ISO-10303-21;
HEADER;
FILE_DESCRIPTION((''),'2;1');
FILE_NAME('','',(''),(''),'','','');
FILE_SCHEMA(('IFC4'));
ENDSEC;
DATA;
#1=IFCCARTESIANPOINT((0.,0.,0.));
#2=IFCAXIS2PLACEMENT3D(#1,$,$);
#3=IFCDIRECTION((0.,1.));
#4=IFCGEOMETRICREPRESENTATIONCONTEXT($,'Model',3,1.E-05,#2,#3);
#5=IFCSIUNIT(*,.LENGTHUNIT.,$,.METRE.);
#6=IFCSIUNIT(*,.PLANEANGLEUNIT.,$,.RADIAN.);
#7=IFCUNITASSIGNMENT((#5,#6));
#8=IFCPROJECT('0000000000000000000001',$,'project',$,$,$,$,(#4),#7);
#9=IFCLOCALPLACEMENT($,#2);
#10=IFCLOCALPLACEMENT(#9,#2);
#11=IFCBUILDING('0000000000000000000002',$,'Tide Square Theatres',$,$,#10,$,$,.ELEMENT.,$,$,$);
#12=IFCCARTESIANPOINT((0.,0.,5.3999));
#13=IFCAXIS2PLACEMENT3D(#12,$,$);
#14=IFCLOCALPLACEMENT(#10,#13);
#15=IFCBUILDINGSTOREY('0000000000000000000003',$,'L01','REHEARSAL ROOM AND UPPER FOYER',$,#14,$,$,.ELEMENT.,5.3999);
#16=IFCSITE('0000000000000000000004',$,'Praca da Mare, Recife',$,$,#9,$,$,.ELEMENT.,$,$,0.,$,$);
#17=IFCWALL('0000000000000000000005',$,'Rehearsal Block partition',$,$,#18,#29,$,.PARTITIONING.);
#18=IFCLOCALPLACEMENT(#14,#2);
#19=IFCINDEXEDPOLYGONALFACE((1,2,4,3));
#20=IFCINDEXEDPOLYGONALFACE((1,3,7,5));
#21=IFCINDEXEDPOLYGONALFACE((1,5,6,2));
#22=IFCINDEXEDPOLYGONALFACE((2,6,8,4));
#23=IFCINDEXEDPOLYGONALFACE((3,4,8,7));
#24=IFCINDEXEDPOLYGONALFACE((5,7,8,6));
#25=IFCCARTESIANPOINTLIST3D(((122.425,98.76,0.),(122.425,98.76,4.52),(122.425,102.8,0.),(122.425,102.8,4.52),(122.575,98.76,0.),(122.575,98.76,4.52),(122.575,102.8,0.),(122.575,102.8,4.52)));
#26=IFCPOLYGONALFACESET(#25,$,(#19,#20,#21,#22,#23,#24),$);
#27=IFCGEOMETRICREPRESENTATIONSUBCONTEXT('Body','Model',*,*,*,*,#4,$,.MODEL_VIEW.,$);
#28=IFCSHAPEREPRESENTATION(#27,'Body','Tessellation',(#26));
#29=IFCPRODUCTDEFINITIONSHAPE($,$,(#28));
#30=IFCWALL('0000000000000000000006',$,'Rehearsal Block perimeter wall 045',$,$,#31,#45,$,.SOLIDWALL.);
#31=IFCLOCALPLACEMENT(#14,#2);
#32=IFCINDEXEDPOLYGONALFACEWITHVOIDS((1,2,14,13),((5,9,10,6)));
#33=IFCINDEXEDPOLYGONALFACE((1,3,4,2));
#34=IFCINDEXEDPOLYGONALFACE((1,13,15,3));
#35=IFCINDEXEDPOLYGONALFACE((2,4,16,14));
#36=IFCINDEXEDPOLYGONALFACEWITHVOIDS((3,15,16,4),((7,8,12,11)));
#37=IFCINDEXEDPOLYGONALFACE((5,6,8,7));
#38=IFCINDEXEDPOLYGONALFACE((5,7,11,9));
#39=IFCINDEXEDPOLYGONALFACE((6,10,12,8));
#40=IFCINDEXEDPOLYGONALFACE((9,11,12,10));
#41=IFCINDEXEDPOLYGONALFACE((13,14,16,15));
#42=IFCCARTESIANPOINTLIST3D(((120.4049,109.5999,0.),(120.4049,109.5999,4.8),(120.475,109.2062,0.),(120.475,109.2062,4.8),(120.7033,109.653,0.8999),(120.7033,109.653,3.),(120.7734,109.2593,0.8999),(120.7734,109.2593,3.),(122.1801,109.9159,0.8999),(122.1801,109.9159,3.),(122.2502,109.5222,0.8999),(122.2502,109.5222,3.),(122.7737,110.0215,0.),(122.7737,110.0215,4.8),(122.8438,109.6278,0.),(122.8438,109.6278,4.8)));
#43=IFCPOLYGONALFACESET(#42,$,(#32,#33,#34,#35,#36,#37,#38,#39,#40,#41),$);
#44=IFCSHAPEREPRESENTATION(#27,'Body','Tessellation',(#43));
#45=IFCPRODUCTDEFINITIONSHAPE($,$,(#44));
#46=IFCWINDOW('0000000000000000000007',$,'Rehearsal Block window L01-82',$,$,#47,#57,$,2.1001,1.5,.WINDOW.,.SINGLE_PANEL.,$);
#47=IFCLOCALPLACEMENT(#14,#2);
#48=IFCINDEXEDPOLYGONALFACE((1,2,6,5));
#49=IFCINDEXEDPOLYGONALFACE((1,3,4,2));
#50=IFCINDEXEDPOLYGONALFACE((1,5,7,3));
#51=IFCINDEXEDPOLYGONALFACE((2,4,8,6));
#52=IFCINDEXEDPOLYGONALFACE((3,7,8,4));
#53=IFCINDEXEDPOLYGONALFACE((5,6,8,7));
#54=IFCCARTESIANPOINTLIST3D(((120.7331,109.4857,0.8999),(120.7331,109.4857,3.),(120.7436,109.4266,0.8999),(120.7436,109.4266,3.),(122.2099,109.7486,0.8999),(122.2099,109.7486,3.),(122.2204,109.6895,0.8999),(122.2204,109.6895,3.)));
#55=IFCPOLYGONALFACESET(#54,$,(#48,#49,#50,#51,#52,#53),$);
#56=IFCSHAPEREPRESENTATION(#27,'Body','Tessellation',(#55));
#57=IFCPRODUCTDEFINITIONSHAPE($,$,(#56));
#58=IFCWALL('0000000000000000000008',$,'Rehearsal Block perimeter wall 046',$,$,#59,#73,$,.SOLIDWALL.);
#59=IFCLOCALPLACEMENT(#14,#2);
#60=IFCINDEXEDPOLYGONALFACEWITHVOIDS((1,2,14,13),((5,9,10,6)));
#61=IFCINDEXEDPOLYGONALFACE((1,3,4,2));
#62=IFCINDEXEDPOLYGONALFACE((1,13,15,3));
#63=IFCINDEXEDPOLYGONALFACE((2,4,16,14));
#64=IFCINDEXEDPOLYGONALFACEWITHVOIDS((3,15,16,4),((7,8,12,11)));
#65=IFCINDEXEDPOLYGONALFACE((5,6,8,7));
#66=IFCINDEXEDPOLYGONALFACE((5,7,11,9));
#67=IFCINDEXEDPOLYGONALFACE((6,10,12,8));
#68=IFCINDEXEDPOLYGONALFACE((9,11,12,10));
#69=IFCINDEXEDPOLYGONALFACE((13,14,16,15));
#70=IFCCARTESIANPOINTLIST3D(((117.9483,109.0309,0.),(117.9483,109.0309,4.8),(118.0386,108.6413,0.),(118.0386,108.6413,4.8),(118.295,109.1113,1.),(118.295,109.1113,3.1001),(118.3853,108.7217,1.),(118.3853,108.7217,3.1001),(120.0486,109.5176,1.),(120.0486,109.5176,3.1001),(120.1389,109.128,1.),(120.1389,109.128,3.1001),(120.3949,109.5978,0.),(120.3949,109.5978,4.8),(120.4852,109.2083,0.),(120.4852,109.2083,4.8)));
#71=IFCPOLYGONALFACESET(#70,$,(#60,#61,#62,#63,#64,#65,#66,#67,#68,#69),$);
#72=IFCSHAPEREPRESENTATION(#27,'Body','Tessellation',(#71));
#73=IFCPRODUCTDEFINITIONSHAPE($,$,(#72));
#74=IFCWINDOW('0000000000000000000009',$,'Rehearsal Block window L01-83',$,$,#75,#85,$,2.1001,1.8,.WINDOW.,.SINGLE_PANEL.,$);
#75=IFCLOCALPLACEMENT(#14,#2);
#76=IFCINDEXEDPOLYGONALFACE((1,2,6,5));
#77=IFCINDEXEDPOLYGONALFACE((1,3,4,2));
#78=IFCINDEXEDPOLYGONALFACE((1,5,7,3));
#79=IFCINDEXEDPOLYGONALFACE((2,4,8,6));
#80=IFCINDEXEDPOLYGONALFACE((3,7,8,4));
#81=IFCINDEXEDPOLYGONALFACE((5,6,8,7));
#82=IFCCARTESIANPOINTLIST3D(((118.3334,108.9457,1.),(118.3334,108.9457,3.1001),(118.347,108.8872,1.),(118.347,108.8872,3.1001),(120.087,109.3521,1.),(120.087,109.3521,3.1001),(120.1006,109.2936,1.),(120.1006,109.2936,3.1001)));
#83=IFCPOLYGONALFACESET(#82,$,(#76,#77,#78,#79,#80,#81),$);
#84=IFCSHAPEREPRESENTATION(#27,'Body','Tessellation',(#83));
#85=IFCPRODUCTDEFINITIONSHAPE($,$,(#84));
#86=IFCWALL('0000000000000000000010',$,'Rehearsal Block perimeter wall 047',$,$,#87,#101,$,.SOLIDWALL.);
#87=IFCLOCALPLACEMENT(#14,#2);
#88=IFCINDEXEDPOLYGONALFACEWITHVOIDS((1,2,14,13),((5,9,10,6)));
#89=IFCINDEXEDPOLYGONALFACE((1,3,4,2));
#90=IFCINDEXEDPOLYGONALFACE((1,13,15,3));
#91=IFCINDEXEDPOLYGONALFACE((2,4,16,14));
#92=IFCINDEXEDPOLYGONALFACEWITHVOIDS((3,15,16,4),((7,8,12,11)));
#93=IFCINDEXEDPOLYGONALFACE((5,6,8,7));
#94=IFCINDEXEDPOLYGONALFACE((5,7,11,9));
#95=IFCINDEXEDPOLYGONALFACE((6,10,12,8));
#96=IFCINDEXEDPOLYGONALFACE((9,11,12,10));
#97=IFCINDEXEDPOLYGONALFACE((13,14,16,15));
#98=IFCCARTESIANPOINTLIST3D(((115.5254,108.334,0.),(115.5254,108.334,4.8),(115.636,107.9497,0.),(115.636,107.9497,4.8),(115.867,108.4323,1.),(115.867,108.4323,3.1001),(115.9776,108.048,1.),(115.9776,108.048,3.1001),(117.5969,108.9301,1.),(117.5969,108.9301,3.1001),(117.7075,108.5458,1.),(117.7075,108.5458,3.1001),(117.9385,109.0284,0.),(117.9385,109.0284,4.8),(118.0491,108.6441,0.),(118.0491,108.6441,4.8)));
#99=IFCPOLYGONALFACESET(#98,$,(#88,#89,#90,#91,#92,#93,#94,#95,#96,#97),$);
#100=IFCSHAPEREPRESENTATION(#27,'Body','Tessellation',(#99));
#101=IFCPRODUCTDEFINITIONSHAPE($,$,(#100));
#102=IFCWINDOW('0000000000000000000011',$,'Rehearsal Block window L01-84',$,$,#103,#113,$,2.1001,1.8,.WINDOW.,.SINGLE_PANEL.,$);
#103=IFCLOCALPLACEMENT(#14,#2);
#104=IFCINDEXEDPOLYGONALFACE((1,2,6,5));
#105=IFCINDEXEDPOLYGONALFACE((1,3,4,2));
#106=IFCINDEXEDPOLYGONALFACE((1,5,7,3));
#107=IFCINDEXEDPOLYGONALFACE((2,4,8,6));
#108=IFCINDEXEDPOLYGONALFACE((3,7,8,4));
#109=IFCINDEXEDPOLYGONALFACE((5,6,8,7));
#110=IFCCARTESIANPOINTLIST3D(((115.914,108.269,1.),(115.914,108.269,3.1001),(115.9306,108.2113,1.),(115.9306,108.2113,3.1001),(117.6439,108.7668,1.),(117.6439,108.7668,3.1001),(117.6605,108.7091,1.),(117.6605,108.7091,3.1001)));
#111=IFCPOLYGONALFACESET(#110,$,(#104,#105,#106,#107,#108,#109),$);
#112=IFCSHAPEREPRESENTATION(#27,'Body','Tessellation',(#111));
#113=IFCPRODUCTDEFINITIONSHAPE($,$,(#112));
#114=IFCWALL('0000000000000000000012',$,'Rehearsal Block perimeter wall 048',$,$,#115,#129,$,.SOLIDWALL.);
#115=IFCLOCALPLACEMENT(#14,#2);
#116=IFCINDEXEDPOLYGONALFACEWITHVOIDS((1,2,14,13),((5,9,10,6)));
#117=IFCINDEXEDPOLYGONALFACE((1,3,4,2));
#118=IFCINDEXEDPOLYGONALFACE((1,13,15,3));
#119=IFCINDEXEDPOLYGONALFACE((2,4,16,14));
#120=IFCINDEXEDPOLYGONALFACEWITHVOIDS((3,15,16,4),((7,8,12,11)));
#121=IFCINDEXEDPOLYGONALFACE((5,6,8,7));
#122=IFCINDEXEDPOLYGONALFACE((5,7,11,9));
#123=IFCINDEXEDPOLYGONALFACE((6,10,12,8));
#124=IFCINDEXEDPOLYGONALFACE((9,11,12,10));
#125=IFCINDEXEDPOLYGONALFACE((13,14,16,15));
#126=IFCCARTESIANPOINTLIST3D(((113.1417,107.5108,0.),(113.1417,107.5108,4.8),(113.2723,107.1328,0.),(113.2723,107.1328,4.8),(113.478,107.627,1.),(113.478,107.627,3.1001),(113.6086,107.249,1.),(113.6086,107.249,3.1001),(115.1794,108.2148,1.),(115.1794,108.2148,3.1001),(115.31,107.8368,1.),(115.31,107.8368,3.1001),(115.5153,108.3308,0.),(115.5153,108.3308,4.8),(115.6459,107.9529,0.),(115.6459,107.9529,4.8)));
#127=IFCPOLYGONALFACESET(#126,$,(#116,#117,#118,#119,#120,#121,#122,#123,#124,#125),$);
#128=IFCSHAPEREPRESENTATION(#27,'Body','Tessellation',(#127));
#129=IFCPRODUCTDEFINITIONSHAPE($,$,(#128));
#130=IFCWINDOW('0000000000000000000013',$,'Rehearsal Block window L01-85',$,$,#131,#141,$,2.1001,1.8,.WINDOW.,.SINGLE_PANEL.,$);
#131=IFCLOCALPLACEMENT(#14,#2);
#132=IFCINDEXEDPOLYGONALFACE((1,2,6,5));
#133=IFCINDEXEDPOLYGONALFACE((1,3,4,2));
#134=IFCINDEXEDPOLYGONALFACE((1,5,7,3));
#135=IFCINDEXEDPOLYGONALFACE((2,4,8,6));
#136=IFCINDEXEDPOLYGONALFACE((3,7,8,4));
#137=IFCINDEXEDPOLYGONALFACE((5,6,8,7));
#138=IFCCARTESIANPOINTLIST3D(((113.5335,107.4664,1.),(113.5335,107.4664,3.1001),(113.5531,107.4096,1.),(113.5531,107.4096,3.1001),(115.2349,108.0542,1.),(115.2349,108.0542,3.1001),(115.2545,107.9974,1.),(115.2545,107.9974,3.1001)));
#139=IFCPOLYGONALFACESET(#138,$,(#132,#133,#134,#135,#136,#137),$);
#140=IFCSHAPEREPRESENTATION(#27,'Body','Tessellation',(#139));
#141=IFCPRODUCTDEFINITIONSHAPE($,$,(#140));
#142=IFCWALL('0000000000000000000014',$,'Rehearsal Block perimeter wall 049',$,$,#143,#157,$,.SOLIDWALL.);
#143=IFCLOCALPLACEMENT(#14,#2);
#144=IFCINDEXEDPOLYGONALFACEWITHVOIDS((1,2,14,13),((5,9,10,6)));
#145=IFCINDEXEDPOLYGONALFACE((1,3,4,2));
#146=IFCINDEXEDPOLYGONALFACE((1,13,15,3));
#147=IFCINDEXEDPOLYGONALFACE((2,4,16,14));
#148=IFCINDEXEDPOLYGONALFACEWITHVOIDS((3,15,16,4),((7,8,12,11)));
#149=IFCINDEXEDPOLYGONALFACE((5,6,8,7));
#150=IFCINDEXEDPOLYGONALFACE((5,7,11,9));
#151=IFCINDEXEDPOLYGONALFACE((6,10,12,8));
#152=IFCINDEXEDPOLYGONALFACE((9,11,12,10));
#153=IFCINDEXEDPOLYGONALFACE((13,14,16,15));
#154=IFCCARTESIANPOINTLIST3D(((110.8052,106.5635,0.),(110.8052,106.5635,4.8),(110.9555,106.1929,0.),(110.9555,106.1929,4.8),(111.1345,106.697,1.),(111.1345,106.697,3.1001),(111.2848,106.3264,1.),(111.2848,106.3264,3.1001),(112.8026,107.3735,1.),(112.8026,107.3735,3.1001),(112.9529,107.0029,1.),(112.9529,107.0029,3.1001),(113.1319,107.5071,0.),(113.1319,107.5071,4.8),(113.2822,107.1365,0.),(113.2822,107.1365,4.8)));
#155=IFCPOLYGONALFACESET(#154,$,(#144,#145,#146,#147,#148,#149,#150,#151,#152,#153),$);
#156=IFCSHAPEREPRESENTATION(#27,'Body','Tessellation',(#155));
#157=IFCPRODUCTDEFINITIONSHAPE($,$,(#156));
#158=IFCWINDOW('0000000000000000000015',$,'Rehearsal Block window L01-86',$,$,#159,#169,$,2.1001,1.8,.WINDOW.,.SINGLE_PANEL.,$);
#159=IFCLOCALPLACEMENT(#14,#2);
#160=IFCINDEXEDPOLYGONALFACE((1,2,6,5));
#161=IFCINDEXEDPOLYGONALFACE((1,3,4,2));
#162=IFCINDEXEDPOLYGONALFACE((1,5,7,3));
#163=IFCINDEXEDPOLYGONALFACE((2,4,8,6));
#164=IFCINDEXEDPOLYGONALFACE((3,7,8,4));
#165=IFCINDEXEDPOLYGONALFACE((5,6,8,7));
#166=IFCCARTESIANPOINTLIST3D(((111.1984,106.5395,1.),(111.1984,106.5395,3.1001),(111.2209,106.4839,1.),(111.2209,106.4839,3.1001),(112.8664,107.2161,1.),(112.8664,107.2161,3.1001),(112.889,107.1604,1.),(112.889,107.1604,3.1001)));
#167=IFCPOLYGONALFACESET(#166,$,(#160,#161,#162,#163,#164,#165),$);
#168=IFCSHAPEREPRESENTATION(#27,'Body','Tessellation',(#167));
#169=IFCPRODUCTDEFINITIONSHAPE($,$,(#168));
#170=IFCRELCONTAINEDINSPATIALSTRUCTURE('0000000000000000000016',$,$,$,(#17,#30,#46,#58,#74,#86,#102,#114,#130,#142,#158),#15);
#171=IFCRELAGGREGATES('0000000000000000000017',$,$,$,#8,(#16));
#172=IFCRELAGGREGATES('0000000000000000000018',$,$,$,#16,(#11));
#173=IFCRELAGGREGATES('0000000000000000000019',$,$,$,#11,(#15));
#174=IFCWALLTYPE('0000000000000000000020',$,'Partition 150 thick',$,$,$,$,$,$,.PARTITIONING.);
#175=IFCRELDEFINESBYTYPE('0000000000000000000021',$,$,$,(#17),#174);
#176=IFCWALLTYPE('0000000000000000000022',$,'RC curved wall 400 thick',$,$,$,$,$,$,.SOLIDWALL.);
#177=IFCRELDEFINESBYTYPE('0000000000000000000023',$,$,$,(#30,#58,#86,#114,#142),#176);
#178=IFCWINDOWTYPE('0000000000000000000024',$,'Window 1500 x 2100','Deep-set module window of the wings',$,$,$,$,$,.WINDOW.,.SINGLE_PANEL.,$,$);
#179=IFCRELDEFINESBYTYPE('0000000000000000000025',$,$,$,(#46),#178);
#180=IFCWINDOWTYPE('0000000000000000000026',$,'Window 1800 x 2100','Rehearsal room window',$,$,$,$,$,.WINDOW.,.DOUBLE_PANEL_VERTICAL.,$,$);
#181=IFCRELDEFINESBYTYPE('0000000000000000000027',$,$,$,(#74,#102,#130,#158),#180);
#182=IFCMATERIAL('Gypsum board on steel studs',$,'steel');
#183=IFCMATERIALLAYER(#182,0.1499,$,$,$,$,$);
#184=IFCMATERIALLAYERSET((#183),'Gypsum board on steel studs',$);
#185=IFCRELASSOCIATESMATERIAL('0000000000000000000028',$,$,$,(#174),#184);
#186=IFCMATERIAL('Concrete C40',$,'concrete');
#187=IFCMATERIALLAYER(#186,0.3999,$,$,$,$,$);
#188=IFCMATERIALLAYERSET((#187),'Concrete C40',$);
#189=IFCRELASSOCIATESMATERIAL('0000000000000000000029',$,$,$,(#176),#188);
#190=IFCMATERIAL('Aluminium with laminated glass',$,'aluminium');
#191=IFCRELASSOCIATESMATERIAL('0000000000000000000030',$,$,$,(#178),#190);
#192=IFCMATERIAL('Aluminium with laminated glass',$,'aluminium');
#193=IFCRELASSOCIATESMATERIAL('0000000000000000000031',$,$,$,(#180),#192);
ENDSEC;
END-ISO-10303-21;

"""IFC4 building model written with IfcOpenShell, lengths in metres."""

from ifc_helpers import new_model, si_unit, direction, frame, frame_2d, origin, place, context, subcontext, project, spatial, rectangle, extrude, material, layer, layer_set, type_object, element, fill, save


model = new_model("IFC4")

# Units and contexts
model_context = context("Model", 3, precision=1e-05, world=origin(), true_north=direction((0.0, 1.0)))
body_context = subcontext(model_context, "Body", "Model", "MODEL_VIEW")
ifc_project = project(units=[si_unit("LENGTHUNIT", "METRE"), si_unit("PLANEANGLEUNIT", "RADIAN")], contexts=[model_context])

# Site, building, storey
site_placement = place(None, origin())
site = spatial("IfcSite", under=ifc_project, at=site_placement, Name="Praca da Mare, Recife", CompositionType="ELEMENT", RefElevation=0.0)
building_placement = place(site_placement, origin())
building = spatial("IfcBuilding", under=site, at=building_placement, Name="Tide Square Theatres", CompositionType="ELEMENT")
storey_placement = place(building_placement, frame((0.0, 0.0, 5.3999)))
storey = spatial("IfcBuildingStorey", under=building, at=storey_placement, Name="L01", Description="REHEARSAL ROOM AND UPPER FOYER", CompositionType="ELEMENT", Elevation=5.3999)

# Shared definitions
ifc_material_1 = material(Name="Gypsum board on steel studs", Category="steel")
ifc_layer_1 = layer(ifc_material_1, 0.1499)
ifc_layer_set_1 = layer_set([ifc_layer_1], Name="Gypsum board on steel studs")
wall_type_1 = type_object("IfcWallType", Name="Partition 150 thick", PredefinedType="PARTITIONING", material=ifc_layer_set_1)

# Wall
wall_1_placement = place(storey_placement, frame((122.5, 102.8, 0.0), z_axis=(0.0, 0.0, 1.0), x_axis=(0.0, -1.0, 0.0)))
element("IfcWall", 1, at=wall_1_placement, inside=storey, type_object=wall_type_1, Name="Rehearsal Block partition", PredefinedType="PARTITIONING", context=body_context, shape_type="SweptSolid", body=[
    extrude(rectangle(XDim=4.04, YDim=0.1499, at=frame_2d((2.02, 0.0))), origin(), (0.0, 0.0, 1.0), 4.52),
])

# Walls, openings, windows
ifc_material_2 = material(Name="Concrete C40", Category="concrete")
ifc_layer_2 = layer(ifc_material_2, 0.3999)
ifc_layer_set_2 = layer_set([ifc_layer_2], Name="Concrete C40")
wall_type_2 = type_object("IfcWallType", Name="RC curved wall 400 thick", PredefinedType="SOLIDWALL", material=ifc_layer_set_2)
wall_2_placement = place(storey_placement, frame((122.8088, 109.8247, 0.0), z_axis=(0.0, 0.0, 1.0), x_axis=(-0.984524, -0.17525, 0.0)))
wall_2 = element("IfcWall", 2, at=wall_2_placement, inside=storey, type_object=wall_type_2, Name="Rehearsal Block perimeter wall 045", PredefinedType="SOLIDWALL", context=body_context, shape_type="SweptSolid", body=[
    extrude(rectangle(XDim=2.406, YDim=0.3999, at=frame_2d((1.2031, 0.0))), origin(), (0.0, 0.0, 1.0), 4.8),
])
opening_1_placement = place(wall_2_placement, frame((0.603, 0.0, 0.8999)))
opening_1 = element("IfcOpeningElement", 3, at=opening_1_placement, cuts=wall_2, PredefinedType="OPENING", context=body_context, shape_type="SweptSolid", body=[
    extrude(rectangle(XDim=1.5, YDim=2.1001, at=frame_2d((0.75, 1.05))), frame((0.0, 0.21, 0.0), z_axis=(0.0, -1.0, 0.0), x_axis=(1.0, 0.0, 0.0)), (0.0, 0.0, 1.0), 0.4199),
])
ifc_material_3 = material(Name="Aluminium with laminated glass", Category="aluminium")
window_type_1 = type_object("IfcWindowType", Name="Window 1500 x 2100", Description="Deep-set module window of the wings", PartitioningType="SINGLE_PANEL", PredefinedType="WINDOW", material=ifc_material_3)
window_1_placement = place(opening_1_placement, origin())
window_1 = element("IfcWindow", 4, at=window_1_placement, inside=storey, type_object=window_type_1, Name="Rehearsal Block window L01-82", OverallHeight=2.1001, OverallWidth=1.5, PartitioningType="SINGLE_PANEL", PredefinedType="WINDOW", context=body_context, shape_type="SweptSolid", body=[
    extrude(rectangle(XDim=1.5, YDim=2.1001, at=frame_2d((0.75, 1.05))), frame((0.0, 0.03, 0.0), z_axis=(0.0, -1.0, 0.0), x_axis=(1.0, 0.0, 0.0)), (0.0, 0.0, 1.0), 0.0601),
])
fill(opening_1, window_1)
wall_3_placement = place(storey_placement, frame((120.4402, 109.4031, 0.0), z_axis=(0.0, 0.0, 1.0), x_axis=(-0.974189, -0.225733, 0.0)))
wall_3 = element("IfcWall", 5, at=wall_3_placement, inside=storey, type_object=wall_type_2, Name="Rehearsal Block perimeter wall 046", PredefinedType="SOLIDWALL", context=body_context, shape_type="SweptSolid", body=[
    extrude(rectangle(XDim=2.5115, YDim=0.3999, at=frame_2d((1.2559, 0.0))), origin(), (0.0, 0.0, 1.0), 4.8),
])
opening_2_placement = place(wall_3_placement, frame((0.3557, 0.0, 1.0)))
opening_2 = element("IfcOpeningElement", 6, at=opening_2_placement, cuts=wall_3, PredefinedType="OPENING", context=body_context, shape_type="SweptSolid", body=[
    extrude(rectangle(XDim=1.8, YDim=2.1001, at=frame_2d((0.8999, 1.05))), frame((0.0, 0.21, 0.0), z_axis=(0.0, -1.0, 0.0), x_axis=(1.0, 0.0, 0.0)), (0.0, 0.0, 1.0), 0.4199),
])
ifc_material_4 = material(Name="Aluminium with laminated glass", Category="aluminium")
window_type_2 = type_object("IfcWindowType", Name="Window 1800 x 2100", Description="Rehearsal room window", PartitioningType="DOUBLE_PANEL_VERTICAL", PredefinedType="WINDOW", material=ifc_material_4)
window_2_placement = place(opening_2_placement, origin())
window_2 = element("IfcWindow", 7, at=window_2_placement, inside=storey, type_object=window_type_2, Name="Rehearsal Block window L01-83", OverallHeight=2.1001, OverallWidth=1.8, PartitioningType="SINGLE_PANEL", PredefinedType="WINDOW", context=body_context, shape_type="SweptSolid", body=[
    extrude(rectangle(XDim=1.8, YDim=2.1001, at=frame_2d((0.8999, 1.05))), frame((0.0, 0.03, 0.0), z_axis=(0.0, -1.0, 0.0), x_axis=(1.0, 0.0, 0.0)), (0.0, 0.0, 1.0), 0.0601),
])
fill(opening_2, window_2)
wall_4_placement = place(storey_placement, frame((117.9937, 108.8362, 0.0), z_axis=(0.0, 0.0, 1.0), x_axis=(-0.961009, -0.276518, 0.0)))
wall_4 = element("IfcWall", 8, at=wall_4_placement, inside=storey, type_object=wall_type_2, Name="Rehearsal Block perimeter wall 047", PredefinedType="SOLIDWALL", context=body_context, shape_type="SweptSolid", body=[
    extrude(rectangle(XDim=2.511, YDim=0.3999, at=frame_2d((1.2554, 0.0))), origin(), (0.0, 0.0, 1.0), 4.8),
])
opening_3_placement = place(wall_4_placement, frame((0.3555, 0.0, 1.0)))
opening_3 = element("IfcOpeningElement", 9, at=opening_3_placement, cuts=wall_4, PredefinedType="OPENING", context=body_context, shape_type="SweptSolid", body=[
    extrude(rectangle(XDim=1.8, YDim=2.1001, at=frame_2d((0.8999, 1.05))), frame((0.0, 0.21, 0.0), z_axis=(0.0, -1.0, 0.0), x_axis=(1.0, 0.0, 0.0)), (0.0, 0.0, 1.0), 0.4199),
])
window_3_placement = place(opening_3_placement, origin())
window_3 = element("IfcWindow", 10, at=window_3_placement, inside=storey, type_object=window_type_2, Name="Rehearsal Block window L01-84", OverallHeight=2.1001, OverallWidth=1.8, PartitioningType="SINGLE_PANEL", PredefinedType="WINDOW", context=body_context, shape_type="SweptSolid", body=[
    extrude(rectangle(XDim=1.8, YDim=2.1001, at=frame_2d((0.8999, 1.05))), frame((0.0, 0.03, 0.0), z_axis=(0.0, -1.0, 0.0), x_axis=(1.0, 0.0, 0.0)), (0.0, 0.0, 1.0), 0.0601),
])
fill(opening_3, window_3)
wall_5_placement = place(storey_placement, frame((115.5806, 108.1418, 0.0), z_axis=(0.0, 0.0, 1.0), x_axis=(-0.945175, -0.326563, 0.0)))
wall_5 = element("IfcWall", 11, at=wall_5_placement, inside=storey, type_object=wall_type_2, Name="Rehearsal Block perimeter wall 048", PredefinedType="SOLIDWALL", context=body_context, shape_type="SweptSolid", body=[
    extrude(rectangle(XDim=2.5112, YDim=0.3999, at=frame_2d((1.2556, 0.0))), origin(), (0.0, 0.0, 1.0), 4.8),
])
opening_4_placement = place(wall_5_placement, frame((0.3555, 0.0, 1.0)))
opening_4 = element("IfcOpeningElement", 12, at=opening_4_placement, cuts=wall_5, PredefinedType="OPENING", context=body_context, shape_type="SweptSolid", body=[
    extrude(rectangle(XDim=1.8, YDim=2.1001, at=frame_2d((0.8999, 1.05))), frame((0.0, 0.21, 0.0), z_axis=(0.0, -1.0, 0.0), x_axis=(1.0, 0.0, 0.0)), (0.0, 0.0, 1.0), 0.4199),
])
window_4_placement = place(opening_4_placement, origin())
window_4 = element("IfcWindow", 13, at=window_4_placement, inside=storey, type_object=window_type_2, Name="Rehearsal Block window L01-85", OverallHeight=2.1001, OverallWidth=1.8, PartitioningType="SINGLE_PANEL", PredefinedType="WINDOW", context=body_context, shape_type="SweptSolid", body=[
    extrude(rectangle(XDim=1.8, YDim=2.1001, at=frame_2d((0.8999, 1.05))), frame((0.0, 0.03, 0.0), z_axis=(0.0, -1.0, 0.0), x_axis=(1.0, 0.0, 0.0)), (0.0, 0.0, 1.0), 0.0601),
])
fill(opening_4, window_4)
wall_6_placement = place(storey_placement, frame((113.207, 107.3218, 0.0), z_axis=(0.0, 0.0, 1.0), x_axis=(-0.926689, -0.375829, 0.0)))
wall_6 = element("IfcWall", 14, at=wall_6_placement, inside=storey, type_object=wall_type_2, Name="Rehearsal Block perimeter wall 049", PredefinedType="SOLIDWALL", context=body_context, shape_type="SweptSolid", body=[
    extrude(rectangle(XDim=2.5107, YDim=0.3999, at=frame_2d((1.2554, 0.0))), origin(), (0.0, 0.0, 1.0), 4.8),
])
opening_5_placement = place(wall_6_placement, frame((0.3555, 0.0, 1.0)))
opening_5 = element("IfcOpeningElement", 15, at=opening_5_placement, cuts=wall_6, PredefinedType="OPENING", context=body_context, shape_type="SweptSolid", body=[
    extrude(rectangle(XDim=1.8, YDim=2.1001, at=frame_2d((0.8999, 1.05))), frame((0.0, 0.21, 0.0), z_axis=(0.0, -1.0, 0.0), x_axis=(1.0, 0.0, 0.0)), (0.0, 0.0, 1.0), 0.4199),
])
window_5_placement = place(opening_5_placement, origin())
window_5 = element("IfcWindow", 16, at=window_5_placement, inside=storey, type_object=window_type_2, Name="Rehearsal Block window L01-86", OverallHeight=2.1001, OverallWidth=1.8, PartitioningType="SINGLE_PANEL", PredefinedType="WINDOW", context=body_context, shape_type="SweptSolid", body=[
    extrude(rectangle(XDim=1.8, YDim=2.1001, at=frame_2d((0.8999, 1.05))), frame((0.0, 0.03, 0.0), z_axis=(0.0, -1.0, 0.0), x_axis=(1.0, 0.0, 0.0)), (0.0, 0.0, 1.0), 0.0601),
])
fill(opening_5, window_5)

save(model, "model.ifc")
